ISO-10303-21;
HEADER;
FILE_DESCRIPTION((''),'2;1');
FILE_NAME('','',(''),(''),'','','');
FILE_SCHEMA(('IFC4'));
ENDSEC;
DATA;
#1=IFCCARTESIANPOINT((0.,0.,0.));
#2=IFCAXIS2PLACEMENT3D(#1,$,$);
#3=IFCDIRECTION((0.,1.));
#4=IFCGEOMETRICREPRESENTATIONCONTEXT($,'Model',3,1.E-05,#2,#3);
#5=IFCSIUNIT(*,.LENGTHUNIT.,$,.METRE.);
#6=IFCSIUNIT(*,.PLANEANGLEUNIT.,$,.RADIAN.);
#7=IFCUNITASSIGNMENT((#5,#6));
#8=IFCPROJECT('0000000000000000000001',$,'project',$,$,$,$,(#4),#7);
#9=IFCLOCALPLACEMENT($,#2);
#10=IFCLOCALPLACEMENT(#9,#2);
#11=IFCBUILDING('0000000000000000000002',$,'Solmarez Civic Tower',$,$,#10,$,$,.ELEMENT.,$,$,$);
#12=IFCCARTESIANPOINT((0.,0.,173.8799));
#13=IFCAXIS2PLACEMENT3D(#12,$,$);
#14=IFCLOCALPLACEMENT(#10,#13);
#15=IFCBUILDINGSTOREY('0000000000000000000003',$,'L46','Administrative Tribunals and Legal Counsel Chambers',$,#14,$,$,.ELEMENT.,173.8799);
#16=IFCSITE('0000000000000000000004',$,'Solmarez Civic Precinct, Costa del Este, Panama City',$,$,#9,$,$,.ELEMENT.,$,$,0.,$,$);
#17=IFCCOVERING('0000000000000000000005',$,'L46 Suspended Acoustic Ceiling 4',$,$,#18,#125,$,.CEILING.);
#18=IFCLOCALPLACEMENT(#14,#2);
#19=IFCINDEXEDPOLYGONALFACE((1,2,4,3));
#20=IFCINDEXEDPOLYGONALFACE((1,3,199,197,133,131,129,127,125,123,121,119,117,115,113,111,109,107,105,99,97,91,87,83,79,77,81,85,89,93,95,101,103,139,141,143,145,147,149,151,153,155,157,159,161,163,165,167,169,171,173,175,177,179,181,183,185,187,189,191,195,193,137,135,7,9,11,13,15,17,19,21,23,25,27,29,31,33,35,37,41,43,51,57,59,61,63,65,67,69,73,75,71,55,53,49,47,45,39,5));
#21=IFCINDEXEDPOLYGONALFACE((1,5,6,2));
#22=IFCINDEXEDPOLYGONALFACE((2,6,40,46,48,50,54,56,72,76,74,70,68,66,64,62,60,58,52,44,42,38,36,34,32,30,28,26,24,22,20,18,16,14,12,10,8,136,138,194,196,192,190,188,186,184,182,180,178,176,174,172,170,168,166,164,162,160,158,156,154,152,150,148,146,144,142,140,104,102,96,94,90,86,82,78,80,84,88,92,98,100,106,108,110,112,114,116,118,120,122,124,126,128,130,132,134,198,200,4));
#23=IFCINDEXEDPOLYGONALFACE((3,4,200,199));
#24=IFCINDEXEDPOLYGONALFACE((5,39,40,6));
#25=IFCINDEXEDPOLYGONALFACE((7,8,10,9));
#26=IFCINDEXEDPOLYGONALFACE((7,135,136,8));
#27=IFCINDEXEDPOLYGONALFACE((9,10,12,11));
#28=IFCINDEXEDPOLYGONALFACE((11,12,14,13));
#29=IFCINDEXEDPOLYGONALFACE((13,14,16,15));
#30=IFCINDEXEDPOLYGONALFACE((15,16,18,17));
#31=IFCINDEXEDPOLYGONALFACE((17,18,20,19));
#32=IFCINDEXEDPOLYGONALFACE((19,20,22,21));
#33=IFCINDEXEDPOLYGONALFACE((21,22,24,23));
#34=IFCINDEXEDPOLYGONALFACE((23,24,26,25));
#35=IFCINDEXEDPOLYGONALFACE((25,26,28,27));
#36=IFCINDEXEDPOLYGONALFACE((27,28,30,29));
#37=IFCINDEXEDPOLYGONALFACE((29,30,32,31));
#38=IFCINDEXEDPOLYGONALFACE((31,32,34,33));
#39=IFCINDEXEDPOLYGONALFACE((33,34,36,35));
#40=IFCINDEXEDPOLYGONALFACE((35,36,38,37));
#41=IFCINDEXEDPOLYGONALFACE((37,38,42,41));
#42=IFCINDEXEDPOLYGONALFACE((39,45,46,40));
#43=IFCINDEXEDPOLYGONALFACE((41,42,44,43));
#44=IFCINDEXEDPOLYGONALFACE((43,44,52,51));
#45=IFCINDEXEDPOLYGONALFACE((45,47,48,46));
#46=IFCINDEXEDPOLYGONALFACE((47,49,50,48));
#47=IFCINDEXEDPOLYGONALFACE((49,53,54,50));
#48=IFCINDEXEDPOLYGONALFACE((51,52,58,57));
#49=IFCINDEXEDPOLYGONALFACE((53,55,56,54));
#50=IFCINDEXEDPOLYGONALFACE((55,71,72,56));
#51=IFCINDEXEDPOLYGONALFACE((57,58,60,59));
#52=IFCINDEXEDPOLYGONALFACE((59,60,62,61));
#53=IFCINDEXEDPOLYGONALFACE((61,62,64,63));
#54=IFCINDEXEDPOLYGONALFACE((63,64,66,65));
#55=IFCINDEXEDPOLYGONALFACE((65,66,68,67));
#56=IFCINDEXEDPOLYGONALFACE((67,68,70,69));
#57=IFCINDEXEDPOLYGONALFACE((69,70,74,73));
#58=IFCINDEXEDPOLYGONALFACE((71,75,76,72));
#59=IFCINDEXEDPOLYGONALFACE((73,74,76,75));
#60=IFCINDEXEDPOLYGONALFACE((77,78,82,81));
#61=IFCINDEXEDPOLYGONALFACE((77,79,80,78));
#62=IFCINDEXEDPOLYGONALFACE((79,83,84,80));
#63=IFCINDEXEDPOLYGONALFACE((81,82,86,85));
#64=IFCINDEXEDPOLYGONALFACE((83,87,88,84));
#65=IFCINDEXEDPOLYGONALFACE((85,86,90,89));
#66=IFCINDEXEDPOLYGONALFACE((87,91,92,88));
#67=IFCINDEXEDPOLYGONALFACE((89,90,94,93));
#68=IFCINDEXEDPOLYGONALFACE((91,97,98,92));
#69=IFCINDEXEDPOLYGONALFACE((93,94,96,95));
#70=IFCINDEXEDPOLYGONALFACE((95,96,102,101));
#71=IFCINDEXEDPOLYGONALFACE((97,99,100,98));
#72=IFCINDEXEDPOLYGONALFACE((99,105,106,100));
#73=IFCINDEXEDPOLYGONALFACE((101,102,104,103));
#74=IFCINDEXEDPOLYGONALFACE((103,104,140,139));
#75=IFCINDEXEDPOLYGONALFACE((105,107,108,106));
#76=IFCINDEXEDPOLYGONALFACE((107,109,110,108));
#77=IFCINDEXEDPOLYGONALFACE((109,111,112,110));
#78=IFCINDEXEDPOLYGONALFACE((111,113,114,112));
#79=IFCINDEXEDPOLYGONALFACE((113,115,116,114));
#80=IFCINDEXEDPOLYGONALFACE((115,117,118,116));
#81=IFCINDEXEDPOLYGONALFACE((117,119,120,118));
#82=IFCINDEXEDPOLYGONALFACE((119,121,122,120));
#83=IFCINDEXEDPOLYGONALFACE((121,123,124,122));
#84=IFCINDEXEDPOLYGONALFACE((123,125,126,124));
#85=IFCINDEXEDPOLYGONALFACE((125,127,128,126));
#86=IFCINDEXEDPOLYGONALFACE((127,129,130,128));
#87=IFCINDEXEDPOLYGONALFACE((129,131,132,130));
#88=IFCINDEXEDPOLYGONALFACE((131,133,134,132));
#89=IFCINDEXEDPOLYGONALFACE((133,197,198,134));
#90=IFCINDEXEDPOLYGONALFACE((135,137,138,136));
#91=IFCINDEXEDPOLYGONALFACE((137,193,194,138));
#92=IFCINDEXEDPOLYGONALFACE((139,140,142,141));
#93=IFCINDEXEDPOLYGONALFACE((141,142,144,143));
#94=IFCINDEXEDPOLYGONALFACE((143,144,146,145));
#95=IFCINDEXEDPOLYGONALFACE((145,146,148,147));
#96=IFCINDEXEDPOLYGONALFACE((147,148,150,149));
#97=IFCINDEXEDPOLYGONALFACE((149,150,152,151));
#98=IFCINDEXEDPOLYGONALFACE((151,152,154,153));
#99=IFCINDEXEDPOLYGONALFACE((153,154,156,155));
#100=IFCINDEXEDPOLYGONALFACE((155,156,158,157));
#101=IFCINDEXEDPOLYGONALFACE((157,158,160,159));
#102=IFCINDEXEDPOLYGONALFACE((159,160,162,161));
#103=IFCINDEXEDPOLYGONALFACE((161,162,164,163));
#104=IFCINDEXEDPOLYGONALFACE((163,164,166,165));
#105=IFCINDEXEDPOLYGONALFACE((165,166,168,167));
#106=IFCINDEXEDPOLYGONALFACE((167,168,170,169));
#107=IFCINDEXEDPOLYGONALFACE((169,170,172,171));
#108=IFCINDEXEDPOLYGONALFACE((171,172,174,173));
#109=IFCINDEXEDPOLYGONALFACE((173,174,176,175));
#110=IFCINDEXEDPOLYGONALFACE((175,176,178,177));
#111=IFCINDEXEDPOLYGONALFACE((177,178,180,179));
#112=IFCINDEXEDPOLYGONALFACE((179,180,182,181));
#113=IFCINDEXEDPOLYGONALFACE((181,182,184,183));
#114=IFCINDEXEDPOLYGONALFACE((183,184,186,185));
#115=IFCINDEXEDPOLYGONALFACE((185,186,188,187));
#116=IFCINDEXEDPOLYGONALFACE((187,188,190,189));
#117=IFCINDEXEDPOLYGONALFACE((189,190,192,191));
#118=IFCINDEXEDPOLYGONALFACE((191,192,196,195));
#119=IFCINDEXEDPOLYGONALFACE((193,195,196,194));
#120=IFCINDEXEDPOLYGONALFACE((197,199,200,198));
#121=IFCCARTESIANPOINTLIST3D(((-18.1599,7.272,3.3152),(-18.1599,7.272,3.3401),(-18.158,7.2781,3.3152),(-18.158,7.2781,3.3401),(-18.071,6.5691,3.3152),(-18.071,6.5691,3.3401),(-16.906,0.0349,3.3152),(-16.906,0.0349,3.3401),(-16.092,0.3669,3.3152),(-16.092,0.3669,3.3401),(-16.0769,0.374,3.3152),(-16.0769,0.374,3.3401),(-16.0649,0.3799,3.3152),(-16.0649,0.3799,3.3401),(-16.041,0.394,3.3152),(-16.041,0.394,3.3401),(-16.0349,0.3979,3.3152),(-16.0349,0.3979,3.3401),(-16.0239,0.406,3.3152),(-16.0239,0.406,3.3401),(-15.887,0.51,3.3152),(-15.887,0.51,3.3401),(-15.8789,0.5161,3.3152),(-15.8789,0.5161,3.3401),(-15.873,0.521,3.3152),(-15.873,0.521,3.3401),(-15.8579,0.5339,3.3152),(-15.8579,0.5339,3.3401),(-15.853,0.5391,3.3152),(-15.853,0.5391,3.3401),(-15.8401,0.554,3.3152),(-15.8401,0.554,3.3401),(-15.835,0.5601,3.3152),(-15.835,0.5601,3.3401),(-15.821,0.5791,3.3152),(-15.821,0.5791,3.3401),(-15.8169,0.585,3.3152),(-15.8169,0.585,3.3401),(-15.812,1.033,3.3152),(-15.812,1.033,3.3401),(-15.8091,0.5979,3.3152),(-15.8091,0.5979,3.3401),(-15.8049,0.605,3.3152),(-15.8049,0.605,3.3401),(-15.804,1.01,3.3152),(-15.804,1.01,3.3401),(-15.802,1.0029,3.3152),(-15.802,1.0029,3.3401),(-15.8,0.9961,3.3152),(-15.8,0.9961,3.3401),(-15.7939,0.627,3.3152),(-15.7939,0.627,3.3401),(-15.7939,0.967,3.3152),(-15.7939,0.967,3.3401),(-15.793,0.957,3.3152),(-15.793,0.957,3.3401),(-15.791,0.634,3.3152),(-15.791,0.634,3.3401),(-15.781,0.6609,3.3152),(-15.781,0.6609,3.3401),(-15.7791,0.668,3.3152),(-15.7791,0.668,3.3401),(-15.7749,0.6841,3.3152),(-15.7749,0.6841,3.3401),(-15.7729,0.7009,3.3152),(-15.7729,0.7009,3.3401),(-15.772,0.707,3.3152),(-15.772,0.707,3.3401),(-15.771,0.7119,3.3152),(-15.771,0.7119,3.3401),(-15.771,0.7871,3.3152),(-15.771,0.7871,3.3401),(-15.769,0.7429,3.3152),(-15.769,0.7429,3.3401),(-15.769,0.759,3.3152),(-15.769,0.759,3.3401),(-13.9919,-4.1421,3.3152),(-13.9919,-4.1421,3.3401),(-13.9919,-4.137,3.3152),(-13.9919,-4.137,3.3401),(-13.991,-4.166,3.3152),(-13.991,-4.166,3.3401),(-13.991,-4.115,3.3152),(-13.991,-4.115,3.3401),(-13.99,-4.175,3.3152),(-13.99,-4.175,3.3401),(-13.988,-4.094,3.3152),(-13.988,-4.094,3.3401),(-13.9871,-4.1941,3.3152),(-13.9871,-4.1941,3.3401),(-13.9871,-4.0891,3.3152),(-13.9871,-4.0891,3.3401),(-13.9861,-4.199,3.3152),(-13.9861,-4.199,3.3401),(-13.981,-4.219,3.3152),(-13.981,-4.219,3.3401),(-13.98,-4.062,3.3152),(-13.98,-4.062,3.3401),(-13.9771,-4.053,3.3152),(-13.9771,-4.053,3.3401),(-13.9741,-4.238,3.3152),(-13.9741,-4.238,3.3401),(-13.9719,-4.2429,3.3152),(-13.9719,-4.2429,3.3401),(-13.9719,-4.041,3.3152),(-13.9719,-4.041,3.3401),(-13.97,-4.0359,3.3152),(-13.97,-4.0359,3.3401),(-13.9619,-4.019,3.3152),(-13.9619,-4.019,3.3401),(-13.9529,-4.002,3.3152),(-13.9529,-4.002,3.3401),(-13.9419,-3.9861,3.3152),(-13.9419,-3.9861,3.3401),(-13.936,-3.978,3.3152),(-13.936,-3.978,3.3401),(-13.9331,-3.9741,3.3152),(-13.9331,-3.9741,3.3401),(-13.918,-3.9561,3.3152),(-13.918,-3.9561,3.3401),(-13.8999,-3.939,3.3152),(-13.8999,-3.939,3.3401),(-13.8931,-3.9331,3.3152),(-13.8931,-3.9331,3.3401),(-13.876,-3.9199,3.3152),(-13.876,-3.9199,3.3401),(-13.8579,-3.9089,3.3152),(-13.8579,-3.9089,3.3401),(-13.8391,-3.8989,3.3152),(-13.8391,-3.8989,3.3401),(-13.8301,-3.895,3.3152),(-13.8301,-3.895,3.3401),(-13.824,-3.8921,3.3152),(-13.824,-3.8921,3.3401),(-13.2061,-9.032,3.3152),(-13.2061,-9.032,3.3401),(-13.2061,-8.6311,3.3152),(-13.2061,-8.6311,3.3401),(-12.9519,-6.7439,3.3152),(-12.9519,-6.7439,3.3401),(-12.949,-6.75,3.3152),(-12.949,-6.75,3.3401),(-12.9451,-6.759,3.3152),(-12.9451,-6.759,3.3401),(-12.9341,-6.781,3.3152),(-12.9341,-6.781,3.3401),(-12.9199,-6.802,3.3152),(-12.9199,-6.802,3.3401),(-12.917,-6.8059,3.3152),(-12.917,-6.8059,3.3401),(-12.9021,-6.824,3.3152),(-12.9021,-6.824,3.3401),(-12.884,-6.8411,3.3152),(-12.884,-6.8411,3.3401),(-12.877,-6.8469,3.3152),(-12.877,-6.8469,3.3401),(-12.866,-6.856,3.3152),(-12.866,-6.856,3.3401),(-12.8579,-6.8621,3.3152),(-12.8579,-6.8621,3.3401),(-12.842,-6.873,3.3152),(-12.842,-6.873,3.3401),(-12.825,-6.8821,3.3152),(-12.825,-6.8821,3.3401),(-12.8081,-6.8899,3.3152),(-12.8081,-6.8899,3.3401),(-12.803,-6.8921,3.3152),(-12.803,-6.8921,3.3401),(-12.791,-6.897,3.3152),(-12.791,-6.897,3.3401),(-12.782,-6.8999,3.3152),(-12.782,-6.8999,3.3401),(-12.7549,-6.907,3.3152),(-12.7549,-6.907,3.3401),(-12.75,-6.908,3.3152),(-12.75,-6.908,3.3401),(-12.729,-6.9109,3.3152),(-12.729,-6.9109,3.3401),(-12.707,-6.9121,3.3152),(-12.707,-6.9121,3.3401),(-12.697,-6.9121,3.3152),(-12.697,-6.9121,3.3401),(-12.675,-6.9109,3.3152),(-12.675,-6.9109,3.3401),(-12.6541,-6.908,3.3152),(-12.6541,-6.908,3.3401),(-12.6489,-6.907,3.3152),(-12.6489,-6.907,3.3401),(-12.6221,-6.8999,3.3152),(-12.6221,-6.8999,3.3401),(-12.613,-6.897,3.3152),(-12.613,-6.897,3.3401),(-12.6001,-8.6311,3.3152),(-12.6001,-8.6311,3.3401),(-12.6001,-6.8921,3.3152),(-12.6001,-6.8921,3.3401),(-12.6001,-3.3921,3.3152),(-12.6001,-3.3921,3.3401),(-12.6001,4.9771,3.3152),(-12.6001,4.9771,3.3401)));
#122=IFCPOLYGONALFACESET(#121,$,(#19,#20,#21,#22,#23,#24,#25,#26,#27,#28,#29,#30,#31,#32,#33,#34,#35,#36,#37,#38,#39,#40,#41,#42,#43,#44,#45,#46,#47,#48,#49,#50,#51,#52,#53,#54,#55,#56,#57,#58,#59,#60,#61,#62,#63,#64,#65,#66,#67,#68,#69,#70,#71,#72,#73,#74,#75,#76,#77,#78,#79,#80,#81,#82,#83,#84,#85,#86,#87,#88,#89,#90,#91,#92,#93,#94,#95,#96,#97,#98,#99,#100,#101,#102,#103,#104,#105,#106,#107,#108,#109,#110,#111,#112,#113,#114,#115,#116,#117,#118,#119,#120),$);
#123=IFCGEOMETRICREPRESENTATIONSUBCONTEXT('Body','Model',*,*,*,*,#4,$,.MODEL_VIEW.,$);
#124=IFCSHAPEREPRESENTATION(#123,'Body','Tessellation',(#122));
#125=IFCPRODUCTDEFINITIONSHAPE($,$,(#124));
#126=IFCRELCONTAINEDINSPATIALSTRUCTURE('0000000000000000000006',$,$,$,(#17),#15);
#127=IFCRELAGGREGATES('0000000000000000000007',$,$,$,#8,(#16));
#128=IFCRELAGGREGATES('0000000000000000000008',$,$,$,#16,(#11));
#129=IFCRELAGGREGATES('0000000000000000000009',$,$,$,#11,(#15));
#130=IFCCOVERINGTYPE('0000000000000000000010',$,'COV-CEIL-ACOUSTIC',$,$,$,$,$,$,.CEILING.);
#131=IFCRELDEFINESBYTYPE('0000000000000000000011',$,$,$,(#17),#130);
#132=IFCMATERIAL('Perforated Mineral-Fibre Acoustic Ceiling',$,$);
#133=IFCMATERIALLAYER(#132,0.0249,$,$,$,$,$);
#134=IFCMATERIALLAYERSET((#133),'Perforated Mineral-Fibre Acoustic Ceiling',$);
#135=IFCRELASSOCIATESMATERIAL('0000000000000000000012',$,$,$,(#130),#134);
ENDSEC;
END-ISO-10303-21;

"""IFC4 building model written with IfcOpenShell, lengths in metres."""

from ifc_helpers import new_model, si_unit, direction, frame, origin, place, context, subcontext, project, spatial, polyline, outline, extrude, material, layer, layer_set, type_object, element, save


model = new_model("IFC4")

# Units and contexts
model_context = context("Model", 3, precision=1e-05, world=origin(), true_north=direction((0.0, 1.0)))
body_context = subcontext(model_context, "Body", "Model", "MODEL_VIEW")
ifc_project = project(units=[si_unit("LENGTHUNIT", "METRE"), si_unit("PLANEANGLEUNIT", "RADIAN")], contexts=[model_context])

# Site, building, storey
site_placement = place(None, origin())
site = spatial("IfcSite", under=ifc_project, at=site_placement, Name="Solmarez Civic Precinct, Costa del Este, Panama City", CompositionType="ELEMENT", RefElevation=0.0)
building_placement = place(site_placement, origin())
building = spatial("IfcBuilding", under=site, at=building_placement, Name="Solmarez Civic Tower", CompositionType="ELEMENT")
storey_placement = place(building_placement, frame((0.0, 0.0, 173.8799)))
storey = spatial("IfcBuildingStorey", under=building, at=storey_placement, Name="L46", Description="Administrative Tribunals and Legal Counsel Chambers", CompositionType="ELEMENT", Elevation=173.8799)

# Covering
ifc_material_1 = material(Name="Perforated Mineral-Fibre Acoustic Ceiling")
ifc_layer_1 = layer(ifc_material_1, 0.0249)
ifc_layer_set_1 = layer_set([ifc_layer_1], Name="Perforated Mineral-Fibre Acoustic Ceiling")
covering_type_1 = type_object("IfcCoveringType", Name="COV-CEIL-ACOUSTIC", PredefinedType="CEILING", material=ifc_layer_set_1)
covering_1_placement = place(storey_placement, frame((0.0, 0.0, 3.3152)))
element("IfcCovering", 1, at=covering_1_placement, inside=storey, type_object=covering_type_1, Name="L46 Suspended Acoustic Ceiling 4", PredefinedType="CEILING", context=body_context, shape_type="SweptSolid", body=[
    extrude(outline(polyline([(-13.2061, -9.032), (-13.2061, -8.6311), (-12.6001, -8.6311), (-12.6001, -6.8921), (-12.613, -6.897), (-12.6221, -6.8999), (-12.6489, -6.907), (-12.6541, -6.908), (-12.675, -6.9109), (-12.697, -6.9121), (-12.707, -6.9121), (-12.729, -6.9109), (-12.75, -6.908), (-12.7549, -6.907), (-12.782, -6.8999), (-12.791, -6.897), (-12.803, -6.8921), (-12.8081, -6.8899), (-12.825, -6.8821), (-12.842, -6.873), (-12.8579, -6.8621), (-12.866, -6.856), (-12.877, -6.8469), (-12.884, -6.8411), (-12.9021, -6.824), (-12.917, -6.8059), (-12.9199, -6.802), (-12.9341, -6.781), (-12.9451, -6.759), (-12.949, -6.75), (-12.9519, -6.7439), (-13.9719, -4.2429), (-13.9741, -4.238), (-13.981, -4.219), (-13.9861, -4.199), (-13.9871, -4.1941), (-13.99, -4.175), (-13.991, -4.166), (-13.9919, -4.1421), (-13.9919, -4.137), (-13.991, -4.115), (-13.988, -4.094), (-13.9871, -4.0891), (-13.98, -4.062), (-13.9771, -4.053), (-13.9719, -4.041), (-13.97, -4.0359), (-13.9619, -4.019), (-13.9529, -4.002), (-13.9419, -3.9861), (-13.936, -3.978), (-13.9331, -3.9741), (-13.918, -3.9561), (-13.8999, -3.939), (-13.8931, -3.9331), (-13.876, -3.9199), (-13.8579, -3.9089), (-13.8391, -3.8989), (-13.8301, -3.895), (-13.824, -3.8921), (-12.6001, -3.3921), (-12.6001, 4.9771), (-18.158, 7.2781), (-18.1599, 7.272), (-18.071, 6.5691), (-15.812, 1.033), (-15.804, 1.01), (-15.802, 1.0029), (-15.8, 0.9961), (-15.7939, 0.967), (-15.793, 0.957), (-15.771, 0.7871), (-15.769, 0.759), (-15.769, 0.7429), (-15.771, 0.7119), (-15.772, 0.707), (-15.7729, 0.7009), (-15.7749, 0.6841), (-15.7791, 0.668), (-15.781, 0.6609), (-15.791, 0.634), (-15.7939, 0.627), (-15.8049, 0.605), (-15.8091, 0.5979), (-15.8169, 0.585), (-15.821, 0.5791), (-15.835, 0.5601), (-15.8401, 0.554), (-15.853, 0.5391), (-15.8579, 0.5339), (-15.873, 0.521), (-15.8789, 0.5161), (-15.887, 0.51), (-16.0239, 0.406), (-16.0349, 0.3979), (-16.041, 0.394), (-16.0649, 0.3799), (-16.0769, 0.374), (-16.092, 0.3669), (-16.906, 0.0349), (-13.2061, -9.032)])), origin(), (0.0, 0.0, 1.0), 0.0249),
])

save(model, "model.ifc")
